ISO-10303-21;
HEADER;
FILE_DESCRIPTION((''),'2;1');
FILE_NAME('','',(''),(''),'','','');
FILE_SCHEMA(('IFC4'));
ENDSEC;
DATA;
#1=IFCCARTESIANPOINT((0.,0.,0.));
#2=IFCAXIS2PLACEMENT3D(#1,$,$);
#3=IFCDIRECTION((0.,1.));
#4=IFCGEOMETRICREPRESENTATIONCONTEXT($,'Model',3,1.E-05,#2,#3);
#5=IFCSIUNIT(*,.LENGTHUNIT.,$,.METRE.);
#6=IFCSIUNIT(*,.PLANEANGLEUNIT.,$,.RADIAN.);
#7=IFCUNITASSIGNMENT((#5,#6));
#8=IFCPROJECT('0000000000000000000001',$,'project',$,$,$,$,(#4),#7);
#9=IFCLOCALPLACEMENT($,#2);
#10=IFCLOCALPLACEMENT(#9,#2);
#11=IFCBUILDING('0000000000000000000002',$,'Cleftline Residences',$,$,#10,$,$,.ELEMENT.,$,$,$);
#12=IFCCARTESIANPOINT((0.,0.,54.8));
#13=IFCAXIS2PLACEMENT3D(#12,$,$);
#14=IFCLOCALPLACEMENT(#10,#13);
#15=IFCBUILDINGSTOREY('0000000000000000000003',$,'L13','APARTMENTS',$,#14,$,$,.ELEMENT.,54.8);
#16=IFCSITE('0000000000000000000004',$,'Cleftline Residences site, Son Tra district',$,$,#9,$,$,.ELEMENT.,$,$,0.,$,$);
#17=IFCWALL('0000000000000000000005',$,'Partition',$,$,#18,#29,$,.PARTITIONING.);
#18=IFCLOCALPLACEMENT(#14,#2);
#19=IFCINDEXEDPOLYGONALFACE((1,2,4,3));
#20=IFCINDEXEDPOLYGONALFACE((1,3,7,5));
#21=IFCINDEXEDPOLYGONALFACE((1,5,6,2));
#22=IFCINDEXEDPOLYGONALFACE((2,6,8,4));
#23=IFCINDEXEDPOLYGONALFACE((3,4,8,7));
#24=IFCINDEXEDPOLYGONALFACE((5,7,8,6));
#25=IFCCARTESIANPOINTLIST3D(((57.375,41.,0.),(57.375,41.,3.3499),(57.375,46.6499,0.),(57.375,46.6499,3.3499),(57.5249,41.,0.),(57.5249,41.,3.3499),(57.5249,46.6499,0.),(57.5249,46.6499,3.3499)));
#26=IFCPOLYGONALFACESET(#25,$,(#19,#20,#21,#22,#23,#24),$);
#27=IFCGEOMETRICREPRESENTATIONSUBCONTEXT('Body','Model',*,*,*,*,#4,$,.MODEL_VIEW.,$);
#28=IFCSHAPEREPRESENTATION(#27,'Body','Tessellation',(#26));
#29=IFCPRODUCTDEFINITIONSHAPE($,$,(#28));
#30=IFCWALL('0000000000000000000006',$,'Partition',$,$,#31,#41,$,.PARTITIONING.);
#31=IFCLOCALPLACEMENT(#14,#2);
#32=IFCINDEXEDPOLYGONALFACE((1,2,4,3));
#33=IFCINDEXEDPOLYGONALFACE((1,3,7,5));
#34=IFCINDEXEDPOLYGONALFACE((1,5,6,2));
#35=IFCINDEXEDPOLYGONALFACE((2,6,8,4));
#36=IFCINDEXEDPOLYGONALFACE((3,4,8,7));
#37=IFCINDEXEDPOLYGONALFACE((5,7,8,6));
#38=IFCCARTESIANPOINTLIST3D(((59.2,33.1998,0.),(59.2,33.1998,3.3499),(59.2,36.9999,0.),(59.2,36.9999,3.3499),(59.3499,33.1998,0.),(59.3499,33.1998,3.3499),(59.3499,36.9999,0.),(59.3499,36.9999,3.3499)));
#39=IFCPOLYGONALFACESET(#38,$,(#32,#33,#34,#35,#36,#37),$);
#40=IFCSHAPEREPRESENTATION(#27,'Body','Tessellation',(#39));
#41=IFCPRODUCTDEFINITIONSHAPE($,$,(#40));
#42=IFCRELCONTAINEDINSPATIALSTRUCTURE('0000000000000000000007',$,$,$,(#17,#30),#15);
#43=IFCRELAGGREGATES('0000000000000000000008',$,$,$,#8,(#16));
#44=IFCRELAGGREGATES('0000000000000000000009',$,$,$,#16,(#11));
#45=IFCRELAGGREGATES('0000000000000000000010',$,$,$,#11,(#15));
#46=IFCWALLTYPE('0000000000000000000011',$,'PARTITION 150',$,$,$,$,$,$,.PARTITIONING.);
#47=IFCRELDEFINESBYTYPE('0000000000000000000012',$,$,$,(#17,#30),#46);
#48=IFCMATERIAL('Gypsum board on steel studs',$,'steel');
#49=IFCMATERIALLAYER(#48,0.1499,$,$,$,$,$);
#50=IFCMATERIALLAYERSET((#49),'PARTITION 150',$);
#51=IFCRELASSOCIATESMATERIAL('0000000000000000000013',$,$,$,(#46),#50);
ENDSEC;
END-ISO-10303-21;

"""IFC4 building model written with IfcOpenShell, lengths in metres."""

from ifc_helpers import new_model, si_unit, direction, frame, frame_2d, origin, place, context, subcontext, project, spatial, rectangle, extrude, material, layer, layer_set, type_object, element, save


model = new_model("IFC4")

# Units and contexts
model_context = context("Model", 3, precision=1e-05, world=origin(), true_north=direction((0.0, 1.0)))
body_context = subcontext(model_context, "Body", "Model", "MODEL_VIEW")
ifc_project = project(units=[si_unit("LENGTHUNIT", "METRE"), si_unit("PLANEANGLEUNIT", "RADIAN")], contexts=[model_context])

# Site, building, storey
site_placement = place(None, origin())
site = spatial("IfcSite", under=ifc_project, at=site_placement, Name="Cleftline Residences site, Son Tra district", CompositionType="ELEMENT", RefElevation=0.0)
building_placement = place(site_placement, origin())
building = spatial("IfcBuilding", under=site, at=building_placement, Name="Cleftline Residences", CompositionType="ELEMENT")
storey_placement = place(building_placement, frame((0.0, 0.0, 54.8)))
storey = spatial("IfcBuildingStorey", under=building, at=storey_placement, Name="L13", Description="APARTMENTS", CompositionType="ELEMENT", Elevation=54.8)

# Walls
ifc_material_1 = material(Name="Gypsum board on steel studs", Category="steel")
ifc_layer_1 = layer(ifc_material_1, 0.1499)
ifc_layer_set_1 = layer_set([ifc_layer_1], Name="PARTITION 150")
wall_type_1 = type_object("IfcWallType", Name="PARTITION 150", PredefinedType="PARTITIONING", material=ifc_layer_set_1)
wall_1_placement = place(storey_placement, frame((57.45, 41.0, 0.0), z_axis=(0.0, 0.0, 1.0), x_axis=(0.0, 1.0, 0.0)))
element("IfcWall", 1, at=wall_1_placement, inside=storey, type_object=wall_type_1, Name="Partition", PredefinedType="PARTITIONING", context=body_context, shape_type="SweptSolid", body=[
    extrude(rectangle(XDim=5.6499, YDim=0.1499, at=frame_2d((2.825, 0.0))), origin(), (0.0, 0.0, 1.0), 3.3499),
])
wall_2_placement = place(storey_placement, frame((59.2749, 33.2, 0.0), z_axis=(0.0, 0.0, 1.0), x_axis=(0.0, 1.0, 0.0)))
element("IfcWall", 2, at=wall_2_placement, inside=storey, type_object=wall_type_1, Name="Partition", PredefinedType="PARTITIONING", context=body_context, shape_type="SweptSolid", body=[
    extrude(rectangle(XDim=3.8, YDim=0.1499, at=frame_2d((1.8999, 0.0))), origin(), (0.0, 0.0, 1.0), 3.3499),
])

save(model, "model.ifc")
